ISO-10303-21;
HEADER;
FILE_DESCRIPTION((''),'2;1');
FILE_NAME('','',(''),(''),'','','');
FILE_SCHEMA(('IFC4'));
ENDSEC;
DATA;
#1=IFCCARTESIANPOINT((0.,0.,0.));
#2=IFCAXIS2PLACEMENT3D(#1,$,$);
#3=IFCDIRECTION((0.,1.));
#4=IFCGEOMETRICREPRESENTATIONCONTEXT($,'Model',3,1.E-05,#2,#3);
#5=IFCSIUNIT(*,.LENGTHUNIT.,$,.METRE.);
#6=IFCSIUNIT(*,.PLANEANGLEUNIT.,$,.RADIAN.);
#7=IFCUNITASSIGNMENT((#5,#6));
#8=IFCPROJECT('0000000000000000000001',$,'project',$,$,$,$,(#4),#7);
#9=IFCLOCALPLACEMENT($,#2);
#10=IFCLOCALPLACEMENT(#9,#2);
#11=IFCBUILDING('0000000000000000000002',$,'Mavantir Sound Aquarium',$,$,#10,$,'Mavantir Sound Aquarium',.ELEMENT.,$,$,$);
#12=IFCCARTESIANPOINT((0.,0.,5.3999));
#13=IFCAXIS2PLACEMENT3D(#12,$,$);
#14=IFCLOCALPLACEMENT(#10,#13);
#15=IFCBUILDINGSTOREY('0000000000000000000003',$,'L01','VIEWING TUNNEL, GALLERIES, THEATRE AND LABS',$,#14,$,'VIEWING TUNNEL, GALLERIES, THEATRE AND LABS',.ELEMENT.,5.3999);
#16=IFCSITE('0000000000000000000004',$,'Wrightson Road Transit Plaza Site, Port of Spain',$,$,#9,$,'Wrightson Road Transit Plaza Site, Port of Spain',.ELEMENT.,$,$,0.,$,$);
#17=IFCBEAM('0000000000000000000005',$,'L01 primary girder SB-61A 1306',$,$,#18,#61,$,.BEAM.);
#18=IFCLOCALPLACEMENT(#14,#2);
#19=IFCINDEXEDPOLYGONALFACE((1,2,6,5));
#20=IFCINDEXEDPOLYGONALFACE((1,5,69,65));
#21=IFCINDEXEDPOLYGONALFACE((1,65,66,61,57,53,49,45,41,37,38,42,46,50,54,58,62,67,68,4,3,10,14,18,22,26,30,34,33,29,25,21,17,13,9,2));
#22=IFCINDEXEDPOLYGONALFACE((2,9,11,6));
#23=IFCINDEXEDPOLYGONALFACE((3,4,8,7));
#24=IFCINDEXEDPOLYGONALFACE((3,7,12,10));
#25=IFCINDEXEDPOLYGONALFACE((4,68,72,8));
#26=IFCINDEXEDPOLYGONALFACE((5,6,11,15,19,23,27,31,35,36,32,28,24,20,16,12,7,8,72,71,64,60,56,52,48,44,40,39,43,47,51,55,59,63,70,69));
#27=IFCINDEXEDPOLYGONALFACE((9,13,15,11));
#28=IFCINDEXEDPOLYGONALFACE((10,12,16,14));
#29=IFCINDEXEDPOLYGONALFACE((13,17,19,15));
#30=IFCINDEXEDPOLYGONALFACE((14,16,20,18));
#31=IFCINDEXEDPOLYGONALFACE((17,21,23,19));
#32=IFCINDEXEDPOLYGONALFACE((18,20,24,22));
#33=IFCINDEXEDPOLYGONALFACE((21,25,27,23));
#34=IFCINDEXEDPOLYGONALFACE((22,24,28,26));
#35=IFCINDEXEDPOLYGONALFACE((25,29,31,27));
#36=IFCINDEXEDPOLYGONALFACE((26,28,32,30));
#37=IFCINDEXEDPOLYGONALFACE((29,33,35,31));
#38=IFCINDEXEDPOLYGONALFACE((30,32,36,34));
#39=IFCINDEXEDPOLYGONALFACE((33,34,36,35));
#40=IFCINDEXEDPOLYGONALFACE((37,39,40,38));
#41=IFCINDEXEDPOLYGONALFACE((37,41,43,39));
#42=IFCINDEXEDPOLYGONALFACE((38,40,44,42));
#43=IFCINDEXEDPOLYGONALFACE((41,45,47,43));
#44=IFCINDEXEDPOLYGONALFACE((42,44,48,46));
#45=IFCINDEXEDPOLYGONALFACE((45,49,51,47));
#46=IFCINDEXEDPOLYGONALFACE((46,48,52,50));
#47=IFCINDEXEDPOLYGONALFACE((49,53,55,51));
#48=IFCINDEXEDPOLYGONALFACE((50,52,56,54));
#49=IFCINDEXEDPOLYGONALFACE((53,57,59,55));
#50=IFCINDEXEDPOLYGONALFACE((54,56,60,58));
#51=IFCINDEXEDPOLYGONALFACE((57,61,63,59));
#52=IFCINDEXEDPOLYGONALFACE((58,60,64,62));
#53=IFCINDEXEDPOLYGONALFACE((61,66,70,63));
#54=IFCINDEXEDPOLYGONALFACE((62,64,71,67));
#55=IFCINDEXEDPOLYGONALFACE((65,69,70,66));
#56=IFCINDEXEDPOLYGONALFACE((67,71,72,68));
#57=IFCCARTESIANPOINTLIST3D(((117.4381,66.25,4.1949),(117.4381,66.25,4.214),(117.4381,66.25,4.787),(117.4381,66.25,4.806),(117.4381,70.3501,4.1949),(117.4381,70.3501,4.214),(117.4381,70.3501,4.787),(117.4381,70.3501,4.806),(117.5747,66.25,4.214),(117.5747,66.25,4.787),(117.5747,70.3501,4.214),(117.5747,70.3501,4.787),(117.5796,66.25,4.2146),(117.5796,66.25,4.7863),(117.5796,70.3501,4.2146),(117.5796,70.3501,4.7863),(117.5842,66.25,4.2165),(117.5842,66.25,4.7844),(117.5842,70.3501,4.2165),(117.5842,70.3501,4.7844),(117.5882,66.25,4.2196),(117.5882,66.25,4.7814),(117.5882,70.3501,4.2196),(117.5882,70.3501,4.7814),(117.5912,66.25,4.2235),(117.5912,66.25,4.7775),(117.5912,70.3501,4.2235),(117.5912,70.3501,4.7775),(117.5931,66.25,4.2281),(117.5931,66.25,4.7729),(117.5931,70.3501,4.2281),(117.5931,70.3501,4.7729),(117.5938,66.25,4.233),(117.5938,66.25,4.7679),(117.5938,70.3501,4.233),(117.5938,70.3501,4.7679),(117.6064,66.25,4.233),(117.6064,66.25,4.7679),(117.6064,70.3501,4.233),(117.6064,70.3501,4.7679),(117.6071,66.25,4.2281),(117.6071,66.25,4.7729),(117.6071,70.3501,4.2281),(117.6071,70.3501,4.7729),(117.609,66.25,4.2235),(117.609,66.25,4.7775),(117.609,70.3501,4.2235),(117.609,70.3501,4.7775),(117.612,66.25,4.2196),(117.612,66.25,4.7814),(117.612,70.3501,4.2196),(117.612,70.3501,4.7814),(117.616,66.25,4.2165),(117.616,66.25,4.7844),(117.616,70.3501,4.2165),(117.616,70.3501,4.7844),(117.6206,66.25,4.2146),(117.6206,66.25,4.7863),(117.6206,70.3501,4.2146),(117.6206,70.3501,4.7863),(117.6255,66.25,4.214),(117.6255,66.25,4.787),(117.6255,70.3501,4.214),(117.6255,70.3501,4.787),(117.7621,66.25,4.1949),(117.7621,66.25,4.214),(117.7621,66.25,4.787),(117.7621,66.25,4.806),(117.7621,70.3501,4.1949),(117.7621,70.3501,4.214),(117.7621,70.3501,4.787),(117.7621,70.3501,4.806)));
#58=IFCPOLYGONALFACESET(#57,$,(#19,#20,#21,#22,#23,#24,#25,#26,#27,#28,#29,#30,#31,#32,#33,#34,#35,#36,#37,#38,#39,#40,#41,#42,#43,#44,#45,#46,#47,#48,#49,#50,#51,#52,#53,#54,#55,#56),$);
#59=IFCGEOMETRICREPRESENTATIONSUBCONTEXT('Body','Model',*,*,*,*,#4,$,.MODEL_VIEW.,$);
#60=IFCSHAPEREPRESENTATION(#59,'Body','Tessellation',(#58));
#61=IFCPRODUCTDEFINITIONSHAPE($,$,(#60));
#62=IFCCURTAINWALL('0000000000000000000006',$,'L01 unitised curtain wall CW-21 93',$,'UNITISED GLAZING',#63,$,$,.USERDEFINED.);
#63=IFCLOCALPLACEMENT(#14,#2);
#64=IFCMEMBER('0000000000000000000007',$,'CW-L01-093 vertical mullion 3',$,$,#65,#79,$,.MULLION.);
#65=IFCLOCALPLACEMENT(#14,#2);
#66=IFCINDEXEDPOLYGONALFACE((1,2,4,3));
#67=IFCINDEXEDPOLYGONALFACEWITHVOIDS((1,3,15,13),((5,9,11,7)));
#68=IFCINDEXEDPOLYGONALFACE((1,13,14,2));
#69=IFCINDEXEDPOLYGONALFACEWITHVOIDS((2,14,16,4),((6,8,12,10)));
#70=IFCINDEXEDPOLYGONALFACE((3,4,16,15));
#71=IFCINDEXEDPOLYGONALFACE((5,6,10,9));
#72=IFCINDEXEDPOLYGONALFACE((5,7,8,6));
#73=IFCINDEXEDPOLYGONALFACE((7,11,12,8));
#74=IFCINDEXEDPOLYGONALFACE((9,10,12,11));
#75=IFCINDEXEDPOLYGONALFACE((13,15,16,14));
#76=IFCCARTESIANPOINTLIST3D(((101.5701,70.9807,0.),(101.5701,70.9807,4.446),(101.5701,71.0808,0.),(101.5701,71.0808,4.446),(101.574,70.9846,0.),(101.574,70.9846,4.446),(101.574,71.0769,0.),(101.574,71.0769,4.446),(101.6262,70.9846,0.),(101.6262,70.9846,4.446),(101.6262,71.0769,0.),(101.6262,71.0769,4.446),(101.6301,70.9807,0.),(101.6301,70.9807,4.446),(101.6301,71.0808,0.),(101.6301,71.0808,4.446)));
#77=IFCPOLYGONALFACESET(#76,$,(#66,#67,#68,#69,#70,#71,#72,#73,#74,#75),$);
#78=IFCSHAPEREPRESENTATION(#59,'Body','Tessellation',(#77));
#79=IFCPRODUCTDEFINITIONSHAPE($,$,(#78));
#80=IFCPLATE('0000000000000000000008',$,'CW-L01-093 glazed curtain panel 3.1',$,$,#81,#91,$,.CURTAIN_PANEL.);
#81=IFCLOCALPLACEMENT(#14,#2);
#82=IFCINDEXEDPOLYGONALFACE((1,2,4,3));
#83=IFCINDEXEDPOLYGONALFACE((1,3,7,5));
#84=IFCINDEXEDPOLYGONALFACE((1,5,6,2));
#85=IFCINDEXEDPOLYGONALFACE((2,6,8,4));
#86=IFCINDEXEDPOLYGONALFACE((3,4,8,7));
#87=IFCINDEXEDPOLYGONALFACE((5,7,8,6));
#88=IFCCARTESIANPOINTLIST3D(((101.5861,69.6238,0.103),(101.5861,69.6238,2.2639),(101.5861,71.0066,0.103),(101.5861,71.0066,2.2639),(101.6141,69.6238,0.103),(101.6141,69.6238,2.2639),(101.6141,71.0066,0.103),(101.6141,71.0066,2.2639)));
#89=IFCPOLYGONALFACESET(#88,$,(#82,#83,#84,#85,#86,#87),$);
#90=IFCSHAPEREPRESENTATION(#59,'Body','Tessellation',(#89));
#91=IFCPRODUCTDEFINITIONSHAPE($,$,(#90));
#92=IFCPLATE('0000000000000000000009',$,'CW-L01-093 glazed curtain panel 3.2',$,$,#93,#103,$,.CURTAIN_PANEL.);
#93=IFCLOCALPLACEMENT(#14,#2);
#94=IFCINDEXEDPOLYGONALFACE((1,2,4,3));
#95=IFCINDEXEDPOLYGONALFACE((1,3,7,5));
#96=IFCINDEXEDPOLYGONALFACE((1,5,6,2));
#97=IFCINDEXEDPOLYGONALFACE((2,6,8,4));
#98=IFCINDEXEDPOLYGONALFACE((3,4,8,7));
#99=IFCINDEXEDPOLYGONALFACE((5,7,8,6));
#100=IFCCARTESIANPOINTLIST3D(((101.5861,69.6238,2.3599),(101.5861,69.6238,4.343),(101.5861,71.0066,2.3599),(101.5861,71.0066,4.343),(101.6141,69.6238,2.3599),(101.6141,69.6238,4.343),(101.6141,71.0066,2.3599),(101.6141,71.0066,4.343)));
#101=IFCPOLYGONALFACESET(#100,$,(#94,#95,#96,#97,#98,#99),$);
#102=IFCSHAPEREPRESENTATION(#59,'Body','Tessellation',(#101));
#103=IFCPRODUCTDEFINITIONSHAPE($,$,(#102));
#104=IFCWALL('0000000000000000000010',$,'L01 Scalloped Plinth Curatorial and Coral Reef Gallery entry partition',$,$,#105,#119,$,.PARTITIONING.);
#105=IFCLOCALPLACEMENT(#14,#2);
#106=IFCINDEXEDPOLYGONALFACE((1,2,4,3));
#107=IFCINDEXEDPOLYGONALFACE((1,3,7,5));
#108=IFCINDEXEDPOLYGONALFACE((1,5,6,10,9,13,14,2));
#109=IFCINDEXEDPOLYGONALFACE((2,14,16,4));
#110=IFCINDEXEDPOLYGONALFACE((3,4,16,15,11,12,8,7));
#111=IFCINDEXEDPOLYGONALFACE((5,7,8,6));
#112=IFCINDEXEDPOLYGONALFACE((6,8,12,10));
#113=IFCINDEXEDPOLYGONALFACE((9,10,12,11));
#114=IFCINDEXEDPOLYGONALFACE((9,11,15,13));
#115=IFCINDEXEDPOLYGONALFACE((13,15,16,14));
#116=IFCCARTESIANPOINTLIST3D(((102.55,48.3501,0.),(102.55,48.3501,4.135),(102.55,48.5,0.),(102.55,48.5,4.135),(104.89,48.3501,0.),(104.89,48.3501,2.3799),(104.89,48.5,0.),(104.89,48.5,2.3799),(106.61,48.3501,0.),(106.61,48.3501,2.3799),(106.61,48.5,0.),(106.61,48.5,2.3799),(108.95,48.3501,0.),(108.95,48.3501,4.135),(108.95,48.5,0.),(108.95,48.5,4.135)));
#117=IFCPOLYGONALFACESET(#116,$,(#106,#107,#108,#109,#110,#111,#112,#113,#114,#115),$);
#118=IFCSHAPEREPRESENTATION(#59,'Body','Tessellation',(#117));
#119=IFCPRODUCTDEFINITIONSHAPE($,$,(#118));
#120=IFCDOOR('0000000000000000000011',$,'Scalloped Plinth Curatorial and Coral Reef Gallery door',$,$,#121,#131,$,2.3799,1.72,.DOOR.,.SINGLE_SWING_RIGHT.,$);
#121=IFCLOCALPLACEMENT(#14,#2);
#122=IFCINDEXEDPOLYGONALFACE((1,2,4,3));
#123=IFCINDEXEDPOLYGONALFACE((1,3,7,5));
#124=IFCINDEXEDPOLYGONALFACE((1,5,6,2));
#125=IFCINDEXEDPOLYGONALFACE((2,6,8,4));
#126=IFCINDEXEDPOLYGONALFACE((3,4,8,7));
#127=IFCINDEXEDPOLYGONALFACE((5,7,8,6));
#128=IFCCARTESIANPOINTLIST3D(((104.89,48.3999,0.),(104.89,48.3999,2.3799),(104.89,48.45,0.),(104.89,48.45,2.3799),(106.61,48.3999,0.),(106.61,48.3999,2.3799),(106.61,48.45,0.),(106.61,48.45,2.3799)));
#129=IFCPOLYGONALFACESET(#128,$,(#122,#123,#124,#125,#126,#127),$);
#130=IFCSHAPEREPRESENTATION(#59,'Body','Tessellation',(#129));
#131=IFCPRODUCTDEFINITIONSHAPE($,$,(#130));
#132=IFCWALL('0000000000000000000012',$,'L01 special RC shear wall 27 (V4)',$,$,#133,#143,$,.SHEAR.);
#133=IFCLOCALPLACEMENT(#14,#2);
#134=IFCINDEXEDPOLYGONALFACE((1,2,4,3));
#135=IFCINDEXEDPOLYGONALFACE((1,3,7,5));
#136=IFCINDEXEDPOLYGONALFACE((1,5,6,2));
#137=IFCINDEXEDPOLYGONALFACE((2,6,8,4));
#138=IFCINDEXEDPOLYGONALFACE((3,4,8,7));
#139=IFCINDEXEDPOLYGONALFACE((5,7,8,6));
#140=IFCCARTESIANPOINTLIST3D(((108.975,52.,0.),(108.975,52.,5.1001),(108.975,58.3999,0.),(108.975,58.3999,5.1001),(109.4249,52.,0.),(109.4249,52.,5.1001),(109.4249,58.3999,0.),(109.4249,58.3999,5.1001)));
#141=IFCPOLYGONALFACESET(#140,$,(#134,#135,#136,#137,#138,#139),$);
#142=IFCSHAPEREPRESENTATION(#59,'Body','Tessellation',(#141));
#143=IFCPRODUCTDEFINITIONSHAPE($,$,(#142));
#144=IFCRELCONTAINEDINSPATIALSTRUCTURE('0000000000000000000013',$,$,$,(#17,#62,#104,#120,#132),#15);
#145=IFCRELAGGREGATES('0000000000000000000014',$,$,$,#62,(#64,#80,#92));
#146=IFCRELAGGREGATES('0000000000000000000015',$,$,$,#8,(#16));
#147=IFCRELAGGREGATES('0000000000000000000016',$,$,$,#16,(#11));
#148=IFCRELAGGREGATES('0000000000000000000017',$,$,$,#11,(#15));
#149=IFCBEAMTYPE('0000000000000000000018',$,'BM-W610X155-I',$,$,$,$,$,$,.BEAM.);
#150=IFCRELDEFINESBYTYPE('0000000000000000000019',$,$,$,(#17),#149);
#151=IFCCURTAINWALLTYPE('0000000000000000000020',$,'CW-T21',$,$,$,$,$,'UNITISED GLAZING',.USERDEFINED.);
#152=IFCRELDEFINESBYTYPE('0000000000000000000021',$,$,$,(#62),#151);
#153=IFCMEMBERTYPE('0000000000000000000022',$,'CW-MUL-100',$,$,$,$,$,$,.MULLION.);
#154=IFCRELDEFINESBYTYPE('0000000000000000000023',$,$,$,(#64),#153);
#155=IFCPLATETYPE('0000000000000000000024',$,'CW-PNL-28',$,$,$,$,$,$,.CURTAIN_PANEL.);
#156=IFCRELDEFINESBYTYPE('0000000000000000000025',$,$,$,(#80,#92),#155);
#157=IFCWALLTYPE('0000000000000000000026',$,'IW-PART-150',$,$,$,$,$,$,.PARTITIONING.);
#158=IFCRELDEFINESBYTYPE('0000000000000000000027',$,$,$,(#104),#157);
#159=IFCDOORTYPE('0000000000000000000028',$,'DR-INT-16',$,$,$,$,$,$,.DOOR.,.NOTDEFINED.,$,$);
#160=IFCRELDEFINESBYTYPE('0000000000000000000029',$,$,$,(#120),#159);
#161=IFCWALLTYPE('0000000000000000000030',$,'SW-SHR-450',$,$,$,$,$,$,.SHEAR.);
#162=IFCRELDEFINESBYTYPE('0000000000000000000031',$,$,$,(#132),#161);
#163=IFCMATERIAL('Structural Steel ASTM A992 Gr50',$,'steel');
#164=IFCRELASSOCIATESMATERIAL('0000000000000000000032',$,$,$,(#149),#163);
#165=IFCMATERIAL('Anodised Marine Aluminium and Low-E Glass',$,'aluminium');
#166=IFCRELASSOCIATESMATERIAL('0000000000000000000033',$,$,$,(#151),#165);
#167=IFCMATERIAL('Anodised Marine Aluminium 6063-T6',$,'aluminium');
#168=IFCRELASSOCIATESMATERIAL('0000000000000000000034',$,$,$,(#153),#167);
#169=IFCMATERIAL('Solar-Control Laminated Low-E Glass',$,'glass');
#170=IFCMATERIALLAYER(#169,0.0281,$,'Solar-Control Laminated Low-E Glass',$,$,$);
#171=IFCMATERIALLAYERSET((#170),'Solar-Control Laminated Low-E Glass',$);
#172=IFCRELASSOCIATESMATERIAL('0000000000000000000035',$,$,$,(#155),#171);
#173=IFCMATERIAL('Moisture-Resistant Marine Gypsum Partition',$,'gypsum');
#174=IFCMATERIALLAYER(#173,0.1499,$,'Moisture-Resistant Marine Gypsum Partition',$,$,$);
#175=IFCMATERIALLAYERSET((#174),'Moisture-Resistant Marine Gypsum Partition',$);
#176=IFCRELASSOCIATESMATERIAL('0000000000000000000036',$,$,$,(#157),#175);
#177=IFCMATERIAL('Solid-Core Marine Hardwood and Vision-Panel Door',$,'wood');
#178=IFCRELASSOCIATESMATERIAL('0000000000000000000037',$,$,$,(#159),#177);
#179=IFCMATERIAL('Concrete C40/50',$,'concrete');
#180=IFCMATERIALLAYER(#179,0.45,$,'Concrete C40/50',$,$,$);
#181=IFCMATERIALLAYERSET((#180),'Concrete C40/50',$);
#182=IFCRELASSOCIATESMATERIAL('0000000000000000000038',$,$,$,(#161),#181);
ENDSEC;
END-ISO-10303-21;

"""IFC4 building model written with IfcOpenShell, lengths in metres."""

from ifc_helpers import new_model, si_unit, direction, frame, frame_2d, origin, origin_2d, place, context, subcontext, project, spatial, rectangle, hollow_rectangle, i_section, extrude, material, layer, layer_set, material_profile, profile_set, type_object, element, fill, aggregate, save


model = new_model("IFC4")

# Units and contexts
model_context = context("Model", 3, precision=1e-05, world=origin(), true_north=direction((0.0, 1.0)))
body_context = subcontext(model_context, "Body", "Model", "MODEL_VIEW")
ifc_project = project(units=[si_unit("LENGTHUNIT", "METRE"), si_unit("PLANEANGLEUNIT", "RADIAN")], contexts=[model_context])

# Site, building, storey
site_placement = place(None, origin())
site = spatial("IfcSite", under=ifc_project, at=site_placement, Name="Wrightson Road Transit Plaza Site, Port of Spain", LongName="Wrightson Road Transit Plaza Site, Port of Spain", CompositionType="ELEMENT", RefElevation=0.0)
building_placement = place(site_placement, origin())
building = spatial("IfcBuilding", under=site, at=building_placement, Name="Mavantir Sound Aquarium", LongName="Mavantir Sound Aquarium", CompositionType="ELEMENT")
storey_placement = place(building_placement, frame((0.0, 0.0, 5.3999)))
storey = spatial("IfcBuildingStorey", under=building, at=storey_placement, Name="L01", Description="VIEWING TUNNEL, GALLERIES, THEATRE AND LABS", LongName="VIEWING TUNNEL, GALLERIES, THEATRE AND LABS", CompositionType="ELEMENT", Elevation=5.3999)

# Shared definitions
ifc_material_1 = material(Name="Concrete C40/50", Category="concrete")

# Beam
ifc_material_2 = material(Name="Structural Steel ASTM A992 Gr50", Category="steel")
ifc_material_profile_1 = material_profile(ifc_material_2, i_section(OverallWidth=0.324, OverallDepth=0.6111, WebThickness=0.0127, FlangeThickness=0.019, FilletRadius=0.019, at=origin_2d()), Name="W610X155")
ifc_profile_set_1 = profile_set([ifc_material_profile_1], Name="Structural Steel ASTM A992 Gr50")
beam_type_1 = type_object("IfcBeamType", Name="BM-W610X155-I", PredefinedType="BEAM", material=ifc_profile_set_1)
beam_1_placement = place(storey_placement, frame((117.6001, 66.25, 4.5005), z_axis=(0.0, 1.0, 0.0), x_axis=(-1.0, 0.0, 0.0)))
element("IfcBeam", 1, at=beam_1_placement, inside=storey, type_object=beam_type_1, Name="L01 primary girder SB-61A 1306", PredefinedType="BEAM", context=body_context, shape_type="SweptSolid", body=[
    extrude(i_section(OverallWidth=0.324, OverallDepth=0.6111, WebThickness=0.0127, FlangeThickness=0.019, FilletRadius=0.019, at=origin_2d()), origin(), (0.0, 0.0, 1.0), 4.1001),
])

# Curtain wall, member, plates
ifc_material_3 = material(Name="Anodised Marine Aluminium and Low-E Glass", Category="aluminium")
curtain_wall_type = type_object("IfcCurtainWallType", Name="CW-T21", ElementType="UNITISED GLAZING", PredefinedType="USERDEFINED", material=ifc_material_3)
curtain_wall_placement = place(storey_placement, origin())
curtain_wall = element("IfcCurtainWall", 2, at=curtain_wall_placement, inside=storey, type_object=curtain_wall_type, Name="L01 unitised curtain wall CW-21 93", ObjectType="UNITISED GLAZING", PredefinedType="USERDEFINED")
ifc_material_4 = material(Name="Anodised Marine Aluminium 6063-T6", Category="aluminium")
ifc_material_profile_2 = material_profile(ifc_material_4, hollow_rectangle(XDim=0.0601, YDim=0.1001, WallThickness=0.0039, at=origin_2d()), Name="ALU-MULLION-100X60")
ifc_profile_set_2 = profile_set([ifc_material_profile_2], Name="Anodised Marine Aluminium 6063-T6")
member_type = type_object("IfcMemberType", Name="CW-MUL-100", PredefinedType="MULLION", material=ifc_profile_set_2)
member_placement = place(storey_placement, frame((101.6001, 71.0308, 0.0), z_axis=(0.0, 0.0, 1.0), x_axis=(1.0, 0.0, 0.0)))
member = element("IfcMember", 3, at=member_placement, type_object=member_type, Name="CW-L01-093 vertical mullion 3", PredefinedType="MULLION", context=body_context, shape_type="SweptSolid", body=[
    extrude(hollow_rectangle(XDim=0.0601, YDim=0.1001, WallThickness=0.0039, at=origin_2d()), origin(), (0.0, 0.0, 1.0), 4.446),
])
ifc_material_5 = material(Name="Solar-Control Laminated Low-E Glass", Category="glass")
ifc_layer_1 = layer(ifc_material_5, 0.0281, Name="Solar-Control Laminated Low-E Glass")
ifc_layer_set_1 = layer_set([ifc_layer_1], Name="Solar-Control Laminated Low-E Glass")
plate_type = type_object("IfcPlateType", Name="CW-PNL-28", PredefinedType="CURTAIN_PANEL", material=ifc_layer_set_1)
plate_1_placement = place(storey_placement, frame((101.6001, 70.3152, 0.103), z_axis=(0.0, 0.0, 1.0), x_axis=(0.0, -1.0, 0.0)))
plate_1 = element("IfcPlate", 4, at=plate_1_placement, type_object=plate_type, Name="CW-L01-093 glazed curtain panel 3.1", PredefinedType="CURTAIN_PANEL", context=body_context, shape_type="SweptSolid", body=[
    extrude(rectangle(XDim=1.3828, YDim=0.0281, at=origin_2d()), origin(), (0.0, 0.0, 1.0), 2.1609),
])
plate_2_placement = place(storey_placement, frame((101.6001, 70.3152, 2.3599), z_axis=(0.0, 0.0, 1.0), x_axis=(0.0, -1.0, 0.0)))
plate_2 = element("IfcPlate", 5, at=plate_2_placement, type_object=plate_type, Name="CW-L01-093 glazed curtain panel 3.2", PredefinedType="CURTAIN_PANEL", context=body_context, shape_type="SweptSolid", body=[
    extrude(rectangle(XDim=1.3828, YDim=0.0281, at=origin_2d()), origin(), (0.0, 0.0, 1.0), 1.9832),
])
aggregate(curtain_wall, [member, plate_1, plate_2])

# Wall, opening, door
ifc_material_6 = material(Name="Moisture-Resistant Marine Gypsum Partition", Category="gypsum")
ifc_layer_2 = layer(ifc_material_6, 0.1499, Name="Moisture-Resistant Marine Gypsum Partition")
ifc_layer_set_2 = layer_set([ifc_layer_2], Name="Moisture-Resistant Marine Gypsum Partition")
wall_type_1 = type_object("IfcWallType", Name="IW-PART-150", PredefinedType="PARTITIONING", material=ifc_layer_set_2)
wall_1_placement = place(storey_placement, frame((102.55, 48.425, 0.0), z_axis=(0.0, 0.0, 1.0), x_axis=(1.0, 0.0, 0.0)))
wall_1 = element("IfcWall", 6, at=wall_1_placement, inside=storey, type_object=wall_type_1, Name="L01 Scalloped Plinth Curatorial and Coral Reef Gallery entry partition", PredefinedType="PARTITIONING", context=body_context, shape_type="SweptSolid", body=[
    extrude(rectangle(XDim=6.3999, YDim=0.1499, at=frame_2d((3.2, 0.0))), origin(), (0.0, 0.0, 1.0), 4.135),
])
opening_placement = place(wall_1_placement, frame((2.3401, 0.0, 0.0)))
opening = element("IfcOpeningElement", 7, at=opening_placement, cuts=wall_1, PredefinedType="OPENING", context=body_context, shape_type="SweptSolid", body=[
    extrude(rectangle(XDim=1.72, YDim=2.3799, at=frame_2d((0.8599, 1.1899))), frame((0.0, 0.085, 0.0), z_axis=(0.0, -1.0, 0.0), x_axis=(1.0, 0.0, 0.0)), (0.0, 0.0, 1.0), 0.1699),
])
ifc_material_7 = material(Name="Solid-Core Marine Hardwood and Vision-Panel Door", Category="wood")
door_type = type_object("IfcDoorType", Name="DR-INT-16", OperationType="NOTDEFINED", PredefinedType="DOOR", material=ifc_material_7)
door_placement = place(opening_placement, origin())
door = element("IfcDoor", 8, at=door_placement, inside=storey, type_object=door_type, Name="Scalloped Plinth Curatorial and Coral Reef Gallery door", OperationType="SINGLE_SWING_RIGHT", OverallHeight=2.3799, OverallWidth=1.72, PredefinedType="DOOR", context=body_context, shape_type="SweptSolid", body=[
    extrude(rectangle(XDim=1.72, YDim=2.3799, at=frame_2d((0.8599, 1.1899))), frame((0.0, 0.0249, 0.0), z_axis=(0.0, -1.0, 0.0), x_axis=(1.0, 0.0, 0.0)), (0.0, 0.0, 1.0), 0.05),
])
fill(opening, door)

# Wall
ifc_layer_3 = layer(ifc_material_1, 0.45, Name="Concrete C40/50")
ifc_layer_set_3 = layer_set([ifc_layer_3], Name="Concrete C40/50")
wall_type_2 = type_object("IfcWallType", Name="SW-SHR-450", PredefinedType="SHEAR", material=ifc_layer_set_3)
wall_2_placement = place(storey_placement, frame((109.2, 52.0, 0.0), z_axis=(0.0, 0.0, 1.0), x_axis=(0.0, 1.0, 0.0)))
element("IfcWall", 9, at=wall_2_placement, inside=storey, type_object=wall_type_2, Name="L01 special RC shear wall 27 (V4)", PredefinedType="SHEAR", context=body_context, shape_type="SweptSolid", body=[
    extrude(rectangle(XDim=6.3999, YDim=0.45, at=frame_2d((3.2, 0.0))), origin(), (0.0, 0.0, 1.0), 5.1001),
])

save(model, "model.ifc")
